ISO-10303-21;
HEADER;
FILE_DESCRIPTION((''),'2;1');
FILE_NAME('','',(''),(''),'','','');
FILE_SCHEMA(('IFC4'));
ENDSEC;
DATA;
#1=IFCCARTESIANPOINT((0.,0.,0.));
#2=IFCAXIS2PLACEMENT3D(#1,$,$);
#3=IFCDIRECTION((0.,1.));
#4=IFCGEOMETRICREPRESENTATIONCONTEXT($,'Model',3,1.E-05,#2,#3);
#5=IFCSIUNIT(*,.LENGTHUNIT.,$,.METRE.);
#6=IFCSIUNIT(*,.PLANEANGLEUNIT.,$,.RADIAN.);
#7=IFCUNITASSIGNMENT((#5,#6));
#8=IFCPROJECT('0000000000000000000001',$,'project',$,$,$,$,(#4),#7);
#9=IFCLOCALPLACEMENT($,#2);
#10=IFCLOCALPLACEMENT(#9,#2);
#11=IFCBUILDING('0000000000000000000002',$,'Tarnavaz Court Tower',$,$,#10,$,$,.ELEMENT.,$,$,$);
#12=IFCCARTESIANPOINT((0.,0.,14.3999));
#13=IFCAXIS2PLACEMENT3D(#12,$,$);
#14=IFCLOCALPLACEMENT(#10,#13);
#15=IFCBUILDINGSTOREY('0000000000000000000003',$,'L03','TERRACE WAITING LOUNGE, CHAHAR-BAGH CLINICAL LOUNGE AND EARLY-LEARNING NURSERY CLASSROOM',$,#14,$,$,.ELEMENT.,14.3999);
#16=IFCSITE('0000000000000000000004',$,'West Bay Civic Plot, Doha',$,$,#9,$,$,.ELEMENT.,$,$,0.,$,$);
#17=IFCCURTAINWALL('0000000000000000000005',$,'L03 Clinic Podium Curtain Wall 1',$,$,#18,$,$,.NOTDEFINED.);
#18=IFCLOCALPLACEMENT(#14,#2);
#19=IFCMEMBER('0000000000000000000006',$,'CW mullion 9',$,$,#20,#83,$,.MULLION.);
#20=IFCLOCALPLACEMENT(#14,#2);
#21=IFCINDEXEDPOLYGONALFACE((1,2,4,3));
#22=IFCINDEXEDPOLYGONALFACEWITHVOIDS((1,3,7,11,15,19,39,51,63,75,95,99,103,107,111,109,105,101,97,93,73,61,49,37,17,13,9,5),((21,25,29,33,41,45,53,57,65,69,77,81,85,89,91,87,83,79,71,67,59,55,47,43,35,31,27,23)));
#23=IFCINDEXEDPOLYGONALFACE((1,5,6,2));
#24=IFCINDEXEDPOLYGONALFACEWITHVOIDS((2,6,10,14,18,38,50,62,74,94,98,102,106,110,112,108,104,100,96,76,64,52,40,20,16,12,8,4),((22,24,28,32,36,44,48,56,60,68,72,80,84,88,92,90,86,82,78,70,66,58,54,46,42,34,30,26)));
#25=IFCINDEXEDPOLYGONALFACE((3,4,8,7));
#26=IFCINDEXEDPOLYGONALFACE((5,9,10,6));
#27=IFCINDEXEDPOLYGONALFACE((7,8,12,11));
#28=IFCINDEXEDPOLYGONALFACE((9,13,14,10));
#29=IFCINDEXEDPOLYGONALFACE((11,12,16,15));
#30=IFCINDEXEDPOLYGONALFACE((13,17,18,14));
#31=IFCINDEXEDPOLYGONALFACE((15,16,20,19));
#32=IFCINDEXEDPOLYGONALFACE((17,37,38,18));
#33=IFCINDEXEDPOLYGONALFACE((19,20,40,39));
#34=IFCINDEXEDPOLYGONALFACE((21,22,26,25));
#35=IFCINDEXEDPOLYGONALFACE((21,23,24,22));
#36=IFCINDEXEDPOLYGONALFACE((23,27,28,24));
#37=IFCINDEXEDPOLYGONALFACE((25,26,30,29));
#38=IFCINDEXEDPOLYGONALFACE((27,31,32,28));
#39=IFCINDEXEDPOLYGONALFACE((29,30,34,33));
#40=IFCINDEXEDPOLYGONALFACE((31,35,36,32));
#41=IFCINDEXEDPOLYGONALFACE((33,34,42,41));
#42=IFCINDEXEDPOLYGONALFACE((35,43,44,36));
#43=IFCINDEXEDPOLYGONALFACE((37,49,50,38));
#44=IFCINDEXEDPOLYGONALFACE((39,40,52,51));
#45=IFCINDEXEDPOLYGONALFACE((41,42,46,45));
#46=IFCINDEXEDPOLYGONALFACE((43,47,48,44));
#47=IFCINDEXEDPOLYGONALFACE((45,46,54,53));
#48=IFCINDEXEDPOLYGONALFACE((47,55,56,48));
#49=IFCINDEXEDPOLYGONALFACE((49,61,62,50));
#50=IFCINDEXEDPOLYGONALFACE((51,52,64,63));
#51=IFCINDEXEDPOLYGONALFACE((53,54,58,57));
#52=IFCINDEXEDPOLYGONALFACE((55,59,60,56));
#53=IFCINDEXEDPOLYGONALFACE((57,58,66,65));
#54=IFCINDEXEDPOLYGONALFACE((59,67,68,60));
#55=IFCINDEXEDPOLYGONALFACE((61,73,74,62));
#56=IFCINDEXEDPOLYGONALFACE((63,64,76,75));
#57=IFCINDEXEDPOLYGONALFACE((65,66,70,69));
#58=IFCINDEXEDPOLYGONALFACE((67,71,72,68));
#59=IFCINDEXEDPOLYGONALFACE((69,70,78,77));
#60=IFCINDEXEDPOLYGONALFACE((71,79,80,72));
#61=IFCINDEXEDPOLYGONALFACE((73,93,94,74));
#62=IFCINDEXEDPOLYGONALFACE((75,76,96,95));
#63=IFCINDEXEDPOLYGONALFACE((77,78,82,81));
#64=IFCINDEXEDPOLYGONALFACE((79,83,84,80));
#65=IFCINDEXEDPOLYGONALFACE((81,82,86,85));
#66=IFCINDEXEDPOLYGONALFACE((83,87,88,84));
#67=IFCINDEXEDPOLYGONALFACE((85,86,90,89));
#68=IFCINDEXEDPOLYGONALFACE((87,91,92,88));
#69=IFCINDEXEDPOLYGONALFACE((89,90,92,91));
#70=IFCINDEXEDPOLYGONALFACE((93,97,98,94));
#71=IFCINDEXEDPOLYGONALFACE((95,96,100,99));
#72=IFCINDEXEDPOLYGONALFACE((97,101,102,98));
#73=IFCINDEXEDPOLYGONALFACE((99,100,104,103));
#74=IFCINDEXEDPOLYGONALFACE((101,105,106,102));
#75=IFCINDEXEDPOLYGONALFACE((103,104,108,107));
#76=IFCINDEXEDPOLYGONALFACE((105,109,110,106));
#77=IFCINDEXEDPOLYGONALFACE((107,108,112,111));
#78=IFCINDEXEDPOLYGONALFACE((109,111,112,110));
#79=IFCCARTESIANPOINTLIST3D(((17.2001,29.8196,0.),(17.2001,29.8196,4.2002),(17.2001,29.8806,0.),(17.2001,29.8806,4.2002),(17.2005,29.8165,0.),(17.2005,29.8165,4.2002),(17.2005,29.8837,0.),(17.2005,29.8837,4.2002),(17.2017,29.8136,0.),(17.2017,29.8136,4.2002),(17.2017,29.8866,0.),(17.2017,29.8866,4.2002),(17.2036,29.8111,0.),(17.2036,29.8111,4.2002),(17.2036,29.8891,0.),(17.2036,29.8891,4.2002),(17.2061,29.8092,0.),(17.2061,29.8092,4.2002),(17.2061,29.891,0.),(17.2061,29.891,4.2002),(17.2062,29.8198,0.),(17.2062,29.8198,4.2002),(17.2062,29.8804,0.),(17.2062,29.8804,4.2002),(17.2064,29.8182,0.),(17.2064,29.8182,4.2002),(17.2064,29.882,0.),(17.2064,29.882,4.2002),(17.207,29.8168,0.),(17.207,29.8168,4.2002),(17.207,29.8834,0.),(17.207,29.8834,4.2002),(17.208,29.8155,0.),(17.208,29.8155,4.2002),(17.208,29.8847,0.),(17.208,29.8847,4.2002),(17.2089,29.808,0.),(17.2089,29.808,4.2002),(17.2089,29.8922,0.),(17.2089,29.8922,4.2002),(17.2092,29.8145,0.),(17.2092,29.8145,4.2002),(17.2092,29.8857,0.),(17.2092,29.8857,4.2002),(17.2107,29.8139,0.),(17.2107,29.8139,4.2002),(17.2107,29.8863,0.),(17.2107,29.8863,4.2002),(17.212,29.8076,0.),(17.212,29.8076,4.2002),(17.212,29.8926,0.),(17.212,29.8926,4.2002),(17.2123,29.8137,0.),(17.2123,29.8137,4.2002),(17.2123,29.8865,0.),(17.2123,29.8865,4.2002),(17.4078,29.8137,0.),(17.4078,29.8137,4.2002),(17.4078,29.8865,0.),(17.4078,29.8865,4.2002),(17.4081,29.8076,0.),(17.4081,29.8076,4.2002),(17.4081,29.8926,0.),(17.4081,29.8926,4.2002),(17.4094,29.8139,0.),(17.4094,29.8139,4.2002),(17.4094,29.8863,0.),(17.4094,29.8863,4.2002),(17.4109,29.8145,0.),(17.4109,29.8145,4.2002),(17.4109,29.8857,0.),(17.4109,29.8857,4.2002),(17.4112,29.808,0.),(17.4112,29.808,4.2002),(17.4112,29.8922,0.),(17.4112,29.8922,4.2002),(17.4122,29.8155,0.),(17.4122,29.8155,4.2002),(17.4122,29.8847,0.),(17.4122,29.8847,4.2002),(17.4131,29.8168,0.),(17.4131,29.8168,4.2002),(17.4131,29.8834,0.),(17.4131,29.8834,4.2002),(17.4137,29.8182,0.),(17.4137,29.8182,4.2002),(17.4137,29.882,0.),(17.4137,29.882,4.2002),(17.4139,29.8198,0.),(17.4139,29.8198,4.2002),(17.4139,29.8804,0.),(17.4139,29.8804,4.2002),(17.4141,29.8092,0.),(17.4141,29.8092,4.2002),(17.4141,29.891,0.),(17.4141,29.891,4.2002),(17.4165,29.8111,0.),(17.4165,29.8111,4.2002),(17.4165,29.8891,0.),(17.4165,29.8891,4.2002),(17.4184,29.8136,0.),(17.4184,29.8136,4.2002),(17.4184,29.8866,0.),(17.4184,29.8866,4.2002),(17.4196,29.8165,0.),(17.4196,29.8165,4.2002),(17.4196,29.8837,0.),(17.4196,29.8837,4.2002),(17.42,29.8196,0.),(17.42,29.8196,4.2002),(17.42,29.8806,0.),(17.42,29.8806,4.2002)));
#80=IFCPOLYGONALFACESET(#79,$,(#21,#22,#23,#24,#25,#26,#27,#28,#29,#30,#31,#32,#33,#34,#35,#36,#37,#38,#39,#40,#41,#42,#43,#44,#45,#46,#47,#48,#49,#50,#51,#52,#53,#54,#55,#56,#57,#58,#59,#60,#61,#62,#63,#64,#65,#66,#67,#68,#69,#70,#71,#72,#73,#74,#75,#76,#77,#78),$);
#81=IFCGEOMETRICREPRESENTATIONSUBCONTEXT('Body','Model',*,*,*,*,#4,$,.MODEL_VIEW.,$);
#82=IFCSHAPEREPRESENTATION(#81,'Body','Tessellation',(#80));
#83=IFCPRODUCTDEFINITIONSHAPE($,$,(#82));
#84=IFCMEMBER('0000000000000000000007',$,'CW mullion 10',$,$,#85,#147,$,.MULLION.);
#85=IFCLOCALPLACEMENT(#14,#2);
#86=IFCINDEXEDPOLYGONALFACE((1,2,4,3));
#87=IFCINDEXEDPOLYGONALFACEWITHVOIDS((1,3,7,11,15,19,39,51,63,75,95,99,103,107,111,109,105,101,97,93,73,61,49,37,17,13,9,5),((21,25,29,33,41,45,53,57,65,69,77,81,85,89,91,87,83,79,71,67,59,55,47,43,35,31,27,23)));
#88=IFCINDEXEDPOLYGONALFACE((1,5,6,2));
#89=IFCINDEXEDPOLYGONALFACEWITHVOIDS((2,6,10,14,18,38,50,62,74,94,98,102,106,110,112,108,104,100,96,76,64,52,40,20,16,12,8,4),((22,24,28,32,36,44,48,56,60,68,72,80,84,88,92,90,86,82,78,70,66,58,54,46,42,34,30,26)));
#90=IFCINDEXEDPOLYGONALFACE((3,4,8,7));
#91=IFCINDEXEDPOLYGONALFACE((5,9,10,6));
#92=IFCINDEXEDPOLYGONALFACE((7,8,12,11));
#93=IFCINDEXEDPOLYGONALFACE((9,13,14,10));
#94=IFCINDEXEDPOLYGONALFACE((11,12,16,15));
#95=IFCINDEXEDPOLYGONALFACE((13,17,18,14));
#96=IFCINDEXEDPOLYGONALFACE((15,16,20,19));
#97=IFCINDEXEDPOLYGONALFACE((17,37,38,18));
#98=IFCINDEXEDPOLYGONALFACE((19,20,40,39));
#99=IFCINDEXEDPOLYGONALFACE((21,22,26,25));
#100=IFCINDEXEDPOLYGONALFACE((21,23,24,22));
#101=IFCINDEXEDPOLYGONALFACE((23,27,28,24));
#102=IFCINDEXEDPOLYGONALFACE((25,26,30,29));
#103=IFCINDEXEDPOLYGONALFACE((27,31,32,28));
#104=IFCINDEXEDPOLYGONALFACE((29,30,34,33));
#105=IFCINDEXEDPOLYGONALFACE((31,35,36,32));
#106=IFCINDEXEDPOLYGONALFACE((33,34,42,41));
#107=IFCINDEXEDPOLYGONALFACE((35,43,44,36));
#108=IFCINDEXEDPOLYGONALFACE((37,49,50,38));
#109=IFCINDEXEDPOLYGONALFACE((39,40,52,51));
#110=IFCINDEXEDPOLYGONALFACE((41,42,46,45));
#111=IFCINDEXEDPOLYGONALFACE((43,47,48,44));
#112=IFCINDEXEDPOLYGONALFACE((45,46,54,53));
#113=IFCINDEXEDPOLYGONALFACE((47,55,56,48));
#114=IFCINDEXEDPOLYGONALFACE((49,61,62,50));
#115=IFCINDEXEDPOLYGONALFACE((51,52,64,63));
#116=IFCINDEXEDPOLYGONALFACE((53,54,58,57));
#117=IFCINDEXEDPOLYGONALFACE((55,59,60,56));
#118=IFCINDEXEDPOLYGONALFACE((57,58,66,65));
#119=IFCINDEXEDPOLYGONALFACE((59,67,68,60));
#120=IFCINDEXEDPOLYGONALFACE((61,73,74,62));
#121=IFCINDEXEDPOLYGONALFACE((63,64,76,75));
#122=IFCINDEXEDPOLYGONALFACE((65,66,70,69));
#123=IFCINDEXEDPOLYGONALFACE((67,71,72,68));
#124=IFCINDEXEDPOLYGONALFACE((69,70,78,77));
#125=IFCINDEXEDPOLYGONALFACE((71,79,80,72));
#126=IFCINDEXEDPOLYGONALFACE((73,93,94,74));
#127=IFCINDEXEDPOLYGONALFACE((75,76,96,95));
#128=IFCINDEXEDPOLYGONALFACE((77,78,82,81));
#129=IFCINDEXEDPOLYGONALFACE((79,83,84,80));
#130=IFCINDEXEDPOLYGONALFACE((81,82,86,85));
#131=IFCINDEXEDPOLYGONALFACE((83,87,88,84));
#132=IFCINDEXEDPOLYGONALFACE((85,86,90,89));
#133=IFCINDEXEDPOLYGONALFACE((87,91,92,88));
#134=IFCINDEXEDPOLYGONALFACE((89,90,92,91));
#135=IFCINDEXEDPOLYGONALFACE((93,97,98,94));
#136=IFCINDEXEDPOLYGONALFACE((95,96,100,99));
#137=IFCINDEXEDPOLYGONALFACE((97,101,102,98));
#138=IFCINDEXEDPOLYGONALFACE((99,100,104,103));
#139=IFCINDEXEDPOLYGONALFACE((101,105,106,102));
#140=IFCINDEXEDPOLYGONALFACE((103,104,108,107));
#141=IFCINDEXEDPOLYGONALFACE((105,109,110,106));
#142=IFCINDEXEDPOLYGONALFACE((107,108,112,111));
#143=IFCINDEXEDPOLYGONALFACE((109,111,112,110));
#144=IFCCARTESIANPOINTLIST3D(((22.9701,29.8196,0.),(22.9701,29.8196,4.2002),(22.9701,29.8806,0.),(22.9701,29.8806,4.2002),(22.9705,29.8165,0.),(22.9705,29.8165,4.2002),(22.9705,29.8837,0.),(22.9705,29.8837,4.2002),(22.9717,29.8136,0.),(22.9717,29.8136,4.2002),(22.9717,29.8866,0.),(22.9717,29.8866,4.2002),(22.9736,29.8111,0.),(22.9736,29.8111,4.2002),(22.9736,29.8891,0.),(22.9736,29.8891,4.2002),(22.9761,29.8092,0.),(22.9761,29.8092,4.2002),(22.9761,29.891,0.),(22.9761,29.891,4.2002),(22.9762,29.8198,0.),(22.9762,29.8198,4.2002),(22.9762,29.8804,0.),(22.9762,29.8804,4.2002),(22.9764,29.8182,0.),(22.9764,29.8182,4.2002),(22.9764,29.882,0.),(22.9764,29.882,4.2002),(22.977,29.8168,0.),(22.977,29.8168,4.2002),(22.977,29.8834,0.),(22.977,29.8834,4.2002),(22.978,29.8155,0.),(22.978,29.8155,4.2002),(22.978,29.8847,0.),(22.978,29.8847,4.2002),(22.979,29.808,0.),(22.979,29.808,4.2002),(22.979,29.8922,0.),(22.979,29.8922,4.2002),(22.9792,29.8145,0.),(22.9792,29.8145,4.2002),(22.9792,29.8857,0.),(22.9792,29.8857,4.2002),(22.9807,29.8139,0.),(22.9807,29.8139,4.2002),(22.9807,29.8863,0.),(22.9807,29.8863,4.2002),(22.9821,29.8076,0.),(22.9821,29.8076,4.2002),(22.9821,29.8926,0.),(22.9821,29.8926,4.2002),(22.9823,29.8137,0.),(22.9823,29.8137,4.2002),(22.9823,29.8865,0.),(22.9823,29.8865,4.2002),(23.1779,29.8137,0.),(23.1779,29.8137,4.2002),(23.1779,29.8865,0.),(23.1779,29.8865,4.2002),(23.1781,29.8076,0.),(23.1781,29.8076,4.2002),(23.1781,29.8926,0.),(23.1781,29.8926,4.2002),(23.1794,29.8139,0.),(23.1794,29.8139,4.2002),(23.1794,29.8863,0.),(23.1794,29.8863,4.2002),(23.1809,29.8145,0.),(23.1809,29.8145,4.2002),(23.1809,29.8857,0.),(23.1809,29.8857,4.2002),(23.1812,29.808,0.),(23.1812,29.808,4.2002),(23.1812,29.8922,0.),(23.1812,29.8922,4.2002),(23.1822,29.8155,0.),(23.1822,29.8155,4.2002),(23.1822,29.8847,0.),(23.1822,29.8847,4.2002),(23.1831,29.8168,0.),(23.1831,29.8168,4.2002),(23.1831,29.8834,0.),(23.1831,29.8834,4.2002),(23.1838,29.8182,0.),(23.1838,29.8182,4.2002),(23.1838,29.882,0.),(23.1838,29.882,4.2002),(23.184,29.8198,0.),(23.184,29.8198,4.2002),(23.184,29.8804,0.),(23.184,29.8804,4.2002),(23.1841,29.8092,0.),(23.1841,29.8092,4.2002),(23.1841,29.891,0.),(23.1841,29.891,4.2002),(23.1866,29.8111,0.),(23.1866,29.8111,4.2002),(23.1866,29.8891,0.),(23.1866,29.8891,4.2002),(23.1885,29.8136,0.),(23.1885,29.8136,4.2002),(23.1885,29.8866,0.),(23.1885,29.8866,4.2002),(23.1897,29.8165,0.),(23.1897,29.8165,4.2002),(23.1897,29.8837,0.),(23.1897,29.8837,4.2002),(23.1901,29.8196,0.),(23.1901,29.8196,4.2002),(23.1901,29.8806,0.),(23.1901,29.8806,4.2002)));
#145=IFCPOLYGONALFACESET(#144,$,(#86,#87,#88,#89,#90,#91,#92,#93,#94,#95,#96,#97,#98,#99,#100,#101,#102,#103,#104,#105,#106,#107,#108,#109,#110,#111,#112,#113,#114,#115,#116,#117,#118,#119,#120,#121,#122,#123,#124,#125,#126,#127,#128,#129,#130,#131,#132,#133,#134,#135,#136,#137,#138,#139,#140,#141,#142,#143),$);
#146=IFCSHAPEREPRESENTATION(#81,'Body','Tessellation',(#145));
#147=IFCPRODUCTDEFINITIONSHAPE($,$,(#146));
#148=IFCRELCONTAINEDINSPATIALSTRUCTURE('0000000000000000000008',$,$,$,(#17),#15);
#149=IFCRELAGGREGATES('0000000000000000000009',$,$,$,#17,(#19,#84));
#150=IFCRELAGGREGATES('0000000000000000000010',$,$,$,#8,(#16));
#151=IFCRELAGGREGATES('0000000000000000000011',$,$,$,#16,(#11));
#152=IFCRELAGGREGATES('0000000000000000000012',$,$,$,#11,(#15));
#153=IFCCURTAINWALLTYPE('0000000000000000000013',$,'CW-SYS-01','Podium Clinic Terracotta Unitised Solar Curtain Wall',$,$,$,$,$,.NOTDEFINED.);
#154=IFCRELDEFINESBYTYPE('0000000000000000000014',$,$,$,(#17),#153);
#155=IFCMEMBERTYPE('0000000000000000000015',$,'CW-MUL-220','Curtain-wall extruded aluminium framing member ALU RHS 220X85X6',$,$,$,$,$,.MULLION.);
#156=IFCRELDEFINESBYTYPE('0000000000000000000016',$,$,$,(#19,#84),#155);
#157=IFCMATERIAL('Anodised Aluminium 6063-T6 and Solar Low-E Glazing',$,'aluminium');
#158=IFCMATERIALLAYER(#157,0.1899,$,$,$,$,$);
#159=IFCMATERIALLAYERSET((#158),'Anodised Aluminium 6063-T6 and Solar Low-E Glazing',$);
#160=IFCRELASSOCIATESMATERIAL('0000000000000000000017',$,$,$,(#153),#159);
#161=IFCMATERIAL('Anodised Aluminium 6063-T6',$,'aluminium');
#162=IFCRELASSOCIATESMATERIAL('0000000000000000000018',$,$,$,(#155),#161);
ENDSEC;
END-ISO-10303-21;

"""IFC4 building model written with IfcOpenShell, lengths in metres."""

from ifc_helpers import new_model, si_unit, direction, frame, origin, origin_2d, place, context, subcontext, project, spatial, hollow_rectangle, extrude, material, layer, layer_set, material_profile, profile_set, type_object, element, aggregate, save


model = new_model("IFC4")

# Units and contexts
model_context = context("Model", 3, precision=1e-05, world=origin(), true_north=direction((0.0, 1.0)))
body_context = subcontext(model_context, "Body", "Model", "MODEL_VIEW")
ifc_project = project(units=[si_unit("LENGTHUNIT", "METRE"), si_unit("PLANEANGLEUNIT", "RADIAN")], contexts=[model_context])

# Site, building, storey
site_placement = place(None, origin())
site = spatial("IfcSite", under=ifc_project, at=site_placement, Name="West Bay Civic Plot, Doha", CompositionType="ELEMENT", RefElevation=0.0)
building_placement = place(site_placement, origin())
building = spatial("IfcBuilding", under=site, at=building_placement, Name="Tarnavaz Court Tower", CompositionType="ELEMENT")
storey_placement = place(building_placement, frame((0.0, 0.0, 14.3999)))
storey = spatial("IfcBuildingStorey", under=building, at=storey_placement, Name="L03", Description="TERRACE WAITING LOUNGE, CHAHAR-BAGH CLINICAL LOUNGE AND EARLY-LEARNING NURSERY CLASSROOM", CompositionType="ELEMENT", Elevation=14.3999)

# Curtain wall, members
ifc_material_1 = material(Name="Anodised Aluminium 6063-T6 and Solar Low-E Glazing", Category="aluminium")
ifc_layer_1 = layer(ifc_material_1, 0.1899)
ifc_layer_set_1 = layer_set([ifc_layer_1], Name="Anodised Aluminium 6063-T6 and Solar Low-E Glazing")
curtain_wall_type = type_object("IfcCurtainWallType", Name="CW-SYS-01", Description="Podium Clinic Terracotta Unitised Solar Curtain Wall", PredefinedType="NOTDEFINED", material=ifc_layer_set_1)
curtain_wall_placement = place(storey_placement, origin())
curtain_wall = element("IfcCurtainWall", 1, at=curtain_wall_placement, inside=storey, type_object=curtain_wall_type, Name="L03 Clinic Podium Curtain Wall 1", PredefinedType="NOTDEFINED")
ifc_material_2 = material(Name="Anodised Aluminium 6063-T6", Category="aluminium")
ifc_material_profile_1 = material_profile(ifc_material_2, hollow_rectangle(XDim=0.085, YDim=0.22, WallThickness=0.0061, InnerFilletRadius=0.0061, OuterFilletRadius=0.012, at=origin_2d()), Name="ALU RHS 220X85X6")
ifc_profile_set_1 = profile_set([ifc_material_profile_1], Name="Anodised Aluminium 6063-T6")
member_type_1 = type_object("IfcMemberType", Name="CW-MUL-220", Description="Curtain-wall extruded aluminium framing member ALU RHS 220X85X6", PredefinedType="MULLION", material=ifc_profile_set_1)
member_1_placement = place(storey_placement, frame((17.3101, 29.8501, 0.0), z_axis=(0.0, 0.0, 1.0), x_axis=(0.0, 1.0, 0.0)))
member_1 = element("IfcMember", 2, at=member_1_placement, type_object=member_type_1, Name="CW mullion 9", PredefinedType="MULLION", context=body_context, shape_type="SweptSolid", body=[
    extrude(hollow_rectangle(XDim=0.085, YDim=0.22, WallThickness=0.0061, InnerFilletRadius=0.0061, OuterFilletRadius=0.012, at=origin_2d()), origin(), (0.0, 0.0, 1.0), 4.2002),
])
member_2_placement = place(storey_placement, frame((23.0801, 29.8501, 0.0), z_axis=(0.0, 0.0, 1.0), x_axis=(0.0, 1.0, 0.0)))
member_2 = element("IfcMember", 3, at=member_2_placement, type_object=member_type_1, Name="CW mullion 10", PredefinedType="MULLION", context=body_context, shape_type="SweptSolid", body=[
    extrude(hollow_rectangle(XDim=0.085, YDim=0.22, WallThickness=0.0061, InnerFilletRadius=0.0061, OuterFilletRadius=0.012, at=origin_2d()), origin(), (0.0, 0.0, 1.0), 4.2002),
])
aggregate(curtain_wall, [member_1, member_2])

save(model, "model.ifc")
